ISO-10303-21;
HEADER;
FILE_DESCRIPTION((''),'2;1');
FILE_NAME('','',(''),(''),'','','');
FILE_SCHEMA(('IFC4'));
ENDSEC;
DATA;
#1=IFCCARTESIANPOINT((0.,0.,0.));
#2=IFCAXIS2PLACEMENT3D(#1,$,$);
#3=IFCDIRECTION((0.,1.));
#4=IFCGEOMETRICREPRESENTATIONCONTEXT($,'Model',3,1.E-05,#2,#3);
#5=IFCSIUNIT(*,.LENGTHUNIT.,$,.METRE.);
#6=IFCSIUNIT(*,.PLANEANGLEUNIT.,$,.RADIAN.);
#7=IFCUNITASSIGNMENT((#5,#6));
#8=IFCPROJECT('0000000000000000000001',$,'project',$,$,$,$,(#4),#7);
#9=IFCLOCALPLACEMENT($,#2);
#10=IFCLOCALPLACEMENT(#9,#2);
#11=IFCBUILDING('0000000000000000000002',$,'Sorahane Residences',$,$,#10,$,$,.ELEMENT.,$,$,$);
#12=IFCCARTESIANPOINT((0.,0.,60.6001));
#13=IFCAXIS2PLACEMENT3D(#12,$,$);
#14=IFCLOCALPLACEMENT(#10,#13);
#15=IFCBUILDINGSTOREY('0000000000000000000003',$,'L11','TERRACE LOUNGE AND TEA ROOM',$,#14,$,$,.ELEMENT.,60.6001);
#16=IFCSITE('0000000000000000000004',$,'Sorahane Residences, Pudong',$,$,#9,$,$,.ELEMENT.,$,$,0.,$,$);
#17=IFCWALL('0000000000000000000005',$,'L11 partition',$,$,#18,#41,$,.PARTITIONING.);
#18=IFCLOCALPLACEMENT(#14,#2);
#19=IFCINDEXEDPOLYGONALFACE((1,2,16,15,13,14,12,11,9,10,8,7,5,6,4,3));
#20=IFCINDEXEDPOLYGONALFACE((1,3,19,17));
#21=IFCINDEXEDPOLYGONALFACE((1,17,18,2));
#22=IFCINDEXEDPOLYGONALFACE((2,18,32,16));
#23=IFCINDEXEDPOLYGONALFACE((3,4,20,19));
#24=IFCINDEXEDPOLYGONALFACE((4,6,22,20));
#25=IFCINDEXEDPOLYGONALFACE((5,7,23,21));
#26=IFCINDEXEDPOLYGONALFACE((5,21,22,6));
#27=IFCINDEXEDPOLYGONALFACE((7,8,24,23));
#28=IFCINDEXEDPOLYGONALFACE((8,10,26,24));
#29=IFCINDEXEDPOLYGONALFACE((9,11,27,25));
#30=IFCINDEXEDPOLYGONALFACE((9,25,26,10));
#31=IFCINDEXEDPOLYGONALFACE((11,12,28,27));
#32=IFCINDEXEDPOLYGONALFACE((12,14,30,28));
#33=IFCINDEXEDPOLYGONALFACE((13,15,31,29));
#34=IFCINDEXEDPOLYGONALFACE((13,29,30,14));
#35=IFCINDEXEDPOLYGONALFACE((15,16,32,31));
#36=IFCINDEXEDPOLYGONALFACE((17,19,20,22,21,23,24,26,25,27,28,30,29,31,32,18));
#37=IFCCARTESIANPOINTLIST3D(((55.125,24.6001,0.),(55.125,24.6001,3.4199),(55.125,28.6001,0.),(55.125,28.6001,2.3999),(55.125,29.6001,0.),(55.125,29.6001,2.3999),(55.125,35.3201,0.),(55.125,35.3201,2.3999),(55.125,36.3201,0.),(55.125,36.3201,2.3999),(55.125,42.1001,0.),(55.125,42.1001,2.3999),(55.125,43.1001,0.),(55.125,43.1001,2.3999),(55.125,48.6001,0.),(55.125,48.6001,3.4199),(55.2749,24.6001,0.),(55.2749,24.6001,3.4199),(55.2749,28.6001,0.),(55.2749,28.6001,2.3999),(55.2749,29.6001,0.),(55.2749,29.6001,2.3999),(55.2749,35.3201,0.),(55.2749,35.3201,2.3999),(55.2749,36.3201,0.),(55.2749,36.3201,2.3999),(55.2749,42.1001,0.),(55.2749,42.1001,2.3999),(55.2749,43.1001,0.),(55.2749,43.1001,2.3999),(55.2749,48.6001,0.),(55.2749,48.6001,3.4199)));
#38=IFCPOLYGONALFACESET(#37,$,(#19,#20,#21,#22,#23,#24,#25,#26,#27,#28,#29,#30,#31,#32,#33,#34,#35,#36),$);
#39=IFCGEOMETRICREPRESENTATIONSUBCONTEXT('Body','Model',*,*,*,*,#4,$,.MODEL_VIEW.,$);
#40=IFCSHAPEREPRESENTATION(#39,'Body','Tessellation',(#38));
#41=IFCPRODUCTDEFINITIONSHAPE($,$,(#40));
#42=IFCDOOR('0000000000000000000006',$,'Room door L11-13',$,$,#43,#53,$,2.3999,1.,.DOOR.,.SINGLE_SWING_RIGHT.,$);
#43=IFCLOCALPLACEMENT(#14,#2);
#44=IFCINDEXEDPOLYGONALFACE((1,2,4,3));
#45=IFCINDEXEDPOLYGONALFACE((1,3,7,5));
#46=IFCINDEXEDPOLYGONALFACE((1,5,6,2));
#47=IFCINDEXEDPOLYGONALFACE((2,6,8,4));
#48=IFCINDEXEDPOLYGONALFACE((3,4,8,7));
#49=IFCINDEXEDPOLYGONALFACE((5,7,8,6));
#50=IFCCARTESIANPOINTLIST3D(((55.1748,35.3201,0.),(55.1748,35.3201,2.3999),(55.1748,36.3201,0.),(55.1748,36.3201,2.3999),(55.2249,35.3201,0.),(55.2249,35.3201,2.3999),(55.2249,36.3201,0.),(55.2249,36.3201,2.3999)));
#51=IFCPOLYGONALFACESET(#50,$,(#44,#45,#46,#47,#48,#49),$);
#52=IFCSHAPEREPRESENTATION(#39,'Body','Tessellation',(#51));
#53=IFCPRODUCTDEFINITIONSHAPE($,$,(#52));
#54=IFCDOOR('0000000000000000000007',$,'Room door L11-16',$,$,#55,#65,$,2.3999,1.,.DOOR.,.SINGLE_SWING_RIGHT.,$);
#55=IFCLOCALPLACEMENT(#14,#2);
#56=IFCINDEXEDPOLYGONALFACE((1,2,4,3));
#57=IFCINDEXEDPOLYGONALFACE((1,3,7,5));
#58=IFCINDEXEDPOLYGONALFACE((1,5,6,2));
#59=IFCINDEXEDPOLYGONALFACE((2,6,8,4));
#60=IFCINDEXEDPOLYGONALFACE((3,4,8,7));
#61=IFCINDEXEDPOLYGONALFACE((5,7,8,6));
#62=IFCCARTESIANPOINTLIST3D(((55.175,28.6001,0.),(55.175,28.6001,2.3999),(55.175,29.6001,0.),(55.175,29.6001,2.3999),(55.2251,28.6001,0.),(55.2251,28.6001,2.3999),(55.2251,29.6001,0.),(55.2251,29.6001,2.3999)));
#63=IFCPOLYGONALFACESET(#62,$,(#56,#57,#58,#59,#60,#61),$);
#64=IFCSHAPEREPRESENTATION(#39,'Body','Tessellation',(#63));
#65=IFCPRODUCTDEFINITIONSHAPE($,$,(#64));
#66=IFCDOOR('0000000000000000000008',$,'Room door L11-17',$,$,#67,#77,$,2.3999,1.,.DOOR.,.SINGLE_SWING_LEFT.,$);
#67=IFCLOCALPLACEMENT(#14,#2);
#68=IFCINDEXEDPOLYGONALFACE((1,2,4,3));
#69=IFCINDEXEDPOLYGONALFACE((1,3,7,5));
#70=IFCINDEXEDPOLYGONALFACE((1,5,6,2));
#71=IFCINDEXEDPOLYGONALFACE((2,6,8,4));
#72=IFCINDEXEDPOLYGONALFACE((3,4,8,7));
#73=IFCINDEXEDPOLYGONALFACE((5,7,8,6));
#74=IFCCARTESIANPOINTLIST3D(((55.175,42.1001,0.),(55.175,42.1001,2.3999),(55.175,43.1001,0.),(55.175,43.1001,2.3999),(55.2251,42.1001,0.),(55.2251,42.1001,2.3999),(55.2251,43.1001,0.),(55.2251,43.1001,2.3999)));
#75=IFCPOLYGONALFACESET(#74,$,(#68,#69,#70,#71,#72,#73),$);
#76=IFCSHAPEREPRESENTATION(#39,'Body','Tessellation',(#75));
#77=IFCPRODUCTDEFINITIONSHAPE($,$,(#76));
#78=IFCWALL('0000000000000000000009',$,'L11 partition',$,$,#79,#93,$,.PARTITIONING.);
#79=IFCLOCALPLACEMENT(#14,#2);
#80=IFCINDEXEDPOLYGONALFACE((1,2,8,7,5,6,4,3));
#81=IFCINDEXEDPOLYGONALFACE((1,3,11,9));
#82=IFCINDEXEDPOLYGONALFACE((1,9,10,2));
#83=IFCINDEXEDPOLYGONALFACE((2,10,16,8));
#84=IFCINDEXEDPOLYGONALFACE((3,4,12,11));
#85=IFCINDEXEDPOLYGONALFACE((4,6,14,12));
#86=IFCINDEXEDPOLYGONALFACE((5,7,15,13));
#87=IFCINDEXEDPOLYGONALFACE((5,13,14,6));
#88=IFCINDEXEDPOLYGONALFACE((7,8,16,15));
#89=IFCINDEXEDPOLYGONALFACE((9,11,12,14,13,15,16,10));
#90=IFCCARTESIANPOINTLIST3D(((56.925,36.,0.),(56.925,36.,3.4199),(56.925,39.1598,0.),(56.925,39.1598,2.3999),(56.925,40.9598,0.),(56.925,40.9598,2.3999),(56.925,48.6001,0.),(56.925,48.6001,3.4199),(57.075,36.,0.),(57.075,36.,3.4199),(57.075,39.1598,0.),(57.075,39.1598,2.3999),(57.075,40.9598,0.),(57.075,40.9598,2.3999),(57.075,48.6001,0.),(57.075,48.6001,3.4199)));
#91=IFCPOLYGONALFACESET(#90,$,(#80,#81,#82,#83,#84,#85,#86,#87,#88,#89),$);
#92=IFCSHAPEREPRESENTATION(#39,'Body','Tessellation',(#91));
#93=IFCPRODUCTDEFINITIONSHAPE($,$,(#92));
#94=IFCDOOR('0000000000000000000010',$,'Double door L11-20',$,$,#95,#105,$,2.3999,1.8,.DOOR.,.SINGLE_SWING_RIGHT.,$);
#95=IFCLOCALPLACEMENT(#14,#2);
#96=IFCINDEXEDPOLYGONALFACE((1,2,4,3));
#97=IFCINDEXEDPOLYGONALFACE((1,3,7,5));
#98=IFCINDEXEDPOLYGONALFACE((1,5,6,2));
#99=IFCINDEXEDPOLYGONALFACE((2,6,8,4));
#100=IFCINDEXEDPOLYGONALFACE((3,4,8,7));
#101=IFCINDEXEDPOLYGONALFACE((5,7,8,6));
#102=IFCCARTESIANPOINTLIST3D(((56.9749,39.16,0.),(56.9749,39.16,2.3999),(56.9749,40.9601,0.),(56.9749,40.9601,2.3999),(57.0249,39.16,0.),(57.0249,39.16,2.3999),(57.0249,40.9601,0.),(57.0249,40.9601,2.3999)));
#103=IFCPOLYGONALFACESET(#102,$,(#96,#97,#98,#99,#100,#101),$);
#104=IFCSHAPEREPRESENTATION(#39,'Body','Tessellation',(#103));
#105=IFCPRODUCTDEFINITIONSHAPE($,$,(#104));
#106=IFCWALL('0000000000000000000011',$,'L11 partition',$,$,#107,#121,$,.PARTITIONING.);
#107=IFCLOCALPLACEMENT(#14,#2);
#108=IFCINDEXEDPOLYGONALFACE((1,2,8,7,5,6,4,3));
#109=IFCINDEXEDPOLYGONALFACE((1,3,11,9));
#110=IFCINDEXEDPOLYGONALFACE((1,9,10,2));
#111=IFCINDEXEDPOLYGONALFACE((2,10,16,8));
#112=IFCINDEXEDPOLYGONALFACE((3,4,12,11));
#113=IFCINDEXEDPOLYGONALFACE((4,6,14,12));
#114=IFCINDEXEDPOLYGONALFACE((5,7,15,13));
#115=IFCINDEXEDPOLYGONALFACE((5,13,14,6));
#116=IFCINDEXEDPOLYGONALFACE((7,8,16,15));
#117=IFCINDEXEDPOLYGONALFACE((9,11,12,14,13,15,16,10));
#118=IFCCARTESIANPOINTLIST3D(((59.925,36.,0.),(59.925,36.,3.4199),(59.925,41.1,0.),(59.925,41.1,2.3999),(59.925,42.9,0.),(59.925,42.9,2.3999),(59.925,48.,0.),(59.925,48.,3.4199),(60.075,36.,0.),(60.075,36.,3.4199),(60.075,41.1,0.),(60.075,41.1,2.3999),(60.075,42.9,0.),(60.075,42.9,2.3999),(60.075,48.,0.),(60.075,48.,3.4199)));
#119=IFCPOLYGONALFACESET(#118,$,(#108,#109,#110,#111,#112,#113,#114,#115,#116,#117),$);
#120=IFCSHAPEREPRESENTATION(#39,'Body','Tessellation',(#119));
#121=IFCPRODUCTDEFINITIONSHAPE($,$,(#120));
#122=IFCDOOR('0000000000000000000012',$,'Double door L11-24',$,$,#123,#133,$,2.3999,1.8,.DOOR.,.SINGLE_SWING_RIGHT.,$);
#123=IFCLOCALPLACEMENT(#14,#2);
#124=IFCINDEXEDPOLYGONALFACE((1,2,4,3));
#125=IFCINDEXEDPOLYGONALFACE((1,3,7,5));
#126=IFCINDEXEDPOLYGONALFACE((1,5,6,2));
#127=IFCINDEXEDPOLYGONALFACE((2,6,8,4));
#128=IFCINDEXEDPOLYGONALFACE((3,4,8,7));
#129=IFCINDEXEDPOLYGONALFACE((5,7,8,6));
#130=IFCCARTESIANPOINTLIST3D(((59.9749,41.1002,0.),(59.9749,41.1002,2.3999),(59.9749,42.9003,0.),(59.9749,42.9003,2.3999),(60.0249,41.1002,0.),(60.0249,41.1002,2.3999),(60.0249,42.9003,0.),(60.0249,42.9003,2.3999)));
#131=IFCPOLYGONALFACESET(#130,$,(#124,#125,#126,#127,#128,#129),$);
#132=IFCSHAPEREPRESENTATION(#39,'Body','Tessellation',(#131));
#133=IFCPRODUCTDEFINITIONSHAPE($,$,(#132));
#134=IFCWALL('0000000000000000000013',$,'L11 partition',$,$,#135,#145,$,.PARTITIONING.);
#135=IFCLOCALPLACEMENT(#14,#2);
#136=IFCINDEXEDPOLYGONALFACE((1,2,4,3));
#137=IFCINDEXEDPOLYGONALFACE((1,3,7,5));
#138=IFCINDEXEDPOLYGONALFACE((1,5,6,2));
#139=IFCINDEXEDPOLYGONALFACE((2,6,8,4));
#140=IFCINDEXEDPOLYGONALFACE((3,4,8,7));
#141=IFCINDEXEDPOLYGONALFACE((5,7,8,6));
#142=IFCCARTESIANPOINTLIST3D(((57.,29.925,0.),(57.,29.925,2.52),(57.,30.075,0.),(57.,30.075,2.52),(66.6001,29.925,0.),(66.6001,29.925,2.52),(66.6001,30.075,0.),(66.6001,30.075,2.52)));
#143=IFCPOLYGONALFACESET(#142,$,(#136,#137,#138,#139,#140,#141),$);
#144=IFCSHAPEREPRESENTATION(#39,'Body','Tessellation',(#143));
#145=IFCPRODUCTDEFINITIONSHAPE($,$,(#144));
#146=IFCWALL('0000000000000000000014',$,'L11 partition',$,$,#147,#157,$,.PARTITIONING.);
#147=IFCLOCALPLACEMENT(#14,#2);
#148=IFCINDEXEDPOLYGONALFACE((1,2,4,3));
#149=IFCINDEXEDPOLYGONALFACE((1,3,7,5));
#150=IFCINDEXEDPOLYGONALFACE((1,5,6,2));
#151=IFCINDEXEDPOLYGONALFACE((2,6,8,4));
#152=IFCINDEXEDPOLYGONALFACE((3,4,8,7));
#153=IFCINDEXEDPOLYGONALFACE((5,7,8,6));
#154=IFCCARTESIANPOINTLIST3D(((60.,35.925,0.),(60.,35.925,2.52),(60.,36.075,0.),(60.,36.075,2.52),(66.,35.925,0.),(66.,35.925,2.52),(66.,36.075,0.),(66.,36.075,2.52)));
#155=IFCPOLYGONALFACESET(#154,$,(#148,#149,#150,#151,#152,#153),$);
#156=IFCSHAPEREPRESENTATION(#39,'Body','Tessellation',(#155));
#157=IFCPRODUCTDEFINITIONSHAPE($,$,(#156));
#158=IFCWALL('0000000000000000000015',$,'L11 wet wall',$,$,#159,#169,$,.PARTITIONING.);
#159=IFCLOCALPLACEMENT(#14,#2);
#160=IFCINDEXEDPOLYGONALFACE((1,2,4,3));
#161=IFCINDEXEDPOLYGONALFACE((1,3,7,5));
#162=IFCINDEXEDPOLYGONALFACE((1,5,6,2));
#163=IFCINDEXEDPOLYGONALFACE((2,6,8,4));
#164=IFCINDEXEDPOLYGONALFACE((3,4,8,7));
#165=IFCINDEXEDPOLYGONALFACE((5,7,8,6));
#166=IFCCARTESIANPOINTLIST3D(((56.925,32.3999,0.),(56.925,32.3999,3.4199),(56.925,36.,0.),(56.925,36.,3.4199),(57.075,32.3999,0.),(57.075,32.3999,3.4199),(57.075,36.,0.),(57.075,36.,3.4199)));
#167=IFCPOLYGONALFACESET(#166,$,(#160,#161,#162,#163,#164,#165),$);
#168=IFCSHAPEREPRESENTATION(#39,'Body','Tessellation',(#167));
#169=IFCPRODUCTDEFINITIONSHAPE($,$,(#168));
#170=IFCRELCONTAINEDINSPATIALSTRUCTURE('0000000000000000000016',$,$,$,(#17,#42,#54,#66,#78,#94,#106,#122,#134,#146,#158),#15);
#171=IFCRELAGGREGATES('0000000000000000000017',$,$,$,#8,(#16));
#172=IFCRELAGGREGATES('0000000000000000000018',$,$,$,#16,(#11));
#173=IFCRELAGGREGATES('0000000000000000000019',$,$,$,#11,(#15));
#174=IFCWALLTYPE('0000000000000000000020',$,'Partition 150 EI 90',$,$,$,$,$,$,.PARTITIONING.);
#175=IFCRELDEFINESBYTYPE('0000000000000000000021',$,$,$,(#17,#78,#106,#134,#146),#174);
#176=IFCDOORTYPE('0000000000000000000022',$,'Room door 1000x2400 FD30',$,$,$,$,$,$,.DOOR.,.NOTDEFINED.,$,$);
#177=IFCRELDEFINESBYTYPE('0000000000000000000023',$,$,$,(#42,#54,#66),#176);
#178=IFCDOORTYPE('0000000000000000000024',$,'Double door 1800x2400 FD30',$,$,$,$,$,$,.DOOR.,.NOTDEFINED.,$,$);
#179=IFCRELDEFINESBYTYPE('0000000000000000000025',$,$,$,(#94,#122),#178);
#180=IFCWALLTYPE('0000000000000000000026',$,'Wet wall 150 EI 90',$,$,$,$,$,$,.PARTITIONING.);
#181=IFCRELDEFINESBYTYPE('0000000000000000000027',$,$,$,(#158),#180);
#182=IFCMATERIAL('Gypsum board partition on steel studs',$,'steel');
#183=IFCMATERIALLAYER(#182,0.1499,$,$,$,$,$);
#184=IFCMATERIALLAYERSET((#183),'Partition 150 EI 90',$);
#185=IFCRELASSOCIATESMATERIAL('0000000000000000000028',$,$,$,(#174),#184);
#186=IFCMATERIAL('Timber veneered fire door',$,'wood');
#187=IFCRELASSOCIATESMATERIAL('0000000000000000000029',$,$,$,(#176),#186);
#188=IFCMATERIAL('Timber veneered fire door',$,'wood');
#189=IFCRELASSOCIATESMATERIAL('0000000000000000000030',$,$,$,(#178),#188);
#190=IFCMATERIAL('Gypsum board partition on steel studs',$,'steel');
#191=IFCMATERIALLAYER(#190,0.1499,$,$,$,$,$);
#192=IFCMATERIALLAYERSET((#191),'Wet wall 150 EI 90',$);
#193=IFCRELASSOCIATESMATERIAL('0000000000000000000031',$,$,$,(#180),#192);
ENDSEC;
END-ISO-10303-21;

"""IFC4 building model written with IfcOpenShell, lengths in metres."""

from ifc_helpers import new_model, si_unit, direction, frame, frame_2d, origin, place, context, subcontext, project, spatial, rectangle, extrude, material, layer, layer_set, type_object, element, fill, save


model = new_model("IFC4")

# Units and contexts
model_context = context("Model", 3, precision=1e-05, world=origin(), true_north=direction((0.0, 1.0)))
body_context = subcontext(model_context, "Body", "Model", "MODEL_VIEW")
ifc_project = project(units=[si_unit("LENGTHUNIT", "METRE"), si_unit("PLANEANGLEUNIT", "RADIAN")], contexts=[model_context])

# Site, building, storey
site_placement = place(None, origin())
site = spatial("IfcSite", under=ifc_project, at=site_placement, Name="Sorahane Residences, Pudong", CompositionType="ELEMENT", RefElevation=0.0)
building_placement = place(site_placement, origin())
building = spatial("IfcBuilding", under=site, at=building_placement, Name="Sorahane Residences", CompositionType="ELEMENT")
storey_placement = place(building_placement, frame((0.0, 0.0, 60.6001)))
storey = spatial("IfcBuildingStorey", under=building, at=storey_placement, Name="L11", Description="TERRACE LOUNGE AND TEA ROOM", CompositionType="ELEMENT", Elevation=60.6001)

# Wall, openings, doors
ifc_material_1 = material(Name="Gypsum board partition on steel studs", Category="steel")
ifc_layer_1 = layer(ifc_material_1, 0.1499)
ifc_layer_set_1 = layer_set([ifc_layer_1], Name="Partition 150 EI 90")
wall_type_1 = type_object("IfcWallType", Name="Partition 150 EI 90", PredefinedType="PARTITIONING", material=ifc_layer_set_1)
wall_1_placement = place(storey_placement, frame((55.2, 24.6001, 0.0), z_axis=(0.0, 0.0, 1.0), x_axis=(0.0, 1.0, 0.0)))
wall_1 = element("IfcWall", 1, at=wall_1_placement, inside=storey, type_object=wall_type_1, Name="L11 partition", PredefinedType="PARTITIONING", context=body_context, shape_type="SweptSolid", body=[
    extrude(rectangle(XDim=24.0, YDim=0.1499, at=frame_2d((12.0, 0.0))), origin(), (0.0, 0.0, 1.0), 3.4199),
])
opening_1_placement = place(wall_1_placement, frame((10.72, 0.0, 0.0)))
opening_1 = element("IfcOpeningElement", 2, at=opening_1_placement, cuts=wall_1, PredefinedType="OPENING", context=body_context, shape_type="SweptSolid", body=[
    extrude(rectangle(XDim=1.0, YDim=2.3999, at=frame_2d((0.5, 1.2))), frame((0.0, 0.085, 0.0), z_axis=(0.0, -1.0, 0.0), x_axis=(1.0, 0.0, 0.0)), (0.0, 0.0, 1.0), 0.1699),
])
opening_2_placement = place(wall_1_placement, frame((4.0, 0.0, 0.0)))
opening_2 = element("IfcOpeningElement", 3, at=opening_2_placement, cuts=wall_1, PredefinedType="OPENING", context=body_context, shape_type="SweptSolid", body=[
    extrude(rectangle(XDim=1.0, YDim=2.3999, at=frame_2d((0.5, 1.2))), frame((0.0, 0.085, 0.0), z_axis=(0.0, -1.0, 0.0), x_axis=(1.0, 0.0, 0.0)), (0.0, 0.0, 1.0), 0.1699),
])
opening_3_placement = place(wall_1_placement, frame((17.5, 0.0, 0.0)))
opening_3 = element("IfcOpeningElement", 4, at=opening_3_placement, cuts=wall_1, PredefinedType="OPENING", context=body_context, shape_type="SweptSolid", body=[
    extrude(rectangle(XDim=1.0, YDim=2.3999, at=frame_2d((0.5, 1.2))), frame((0.0, 0.085, 0.0), z_axis=(0.0, -1.0, 0.0), x_axis=(1.0, 0.0, 0.0)), (0.0, 0.0, 1.0), 0.1699),
])
ifc_material_2 = material(Name="Timber veneered fire door", Category="wood")
door_type_1 = type_object("IfcDoorType", Name="Room door 1000x2400 FD30", OperationType="NOTDEFINED", PredefinedType="DOOR", material=ifc_material_2)
door_1_placement = place(opening_1_placement, frame((1.0, 0.0, 0.0), z_axis=(0.0, 0.0, 1.0), x_axis=(-1.0, 0.0, 0.0)))
door_1 = element("IfcDoor", 5, at=door_1_placement, inside=storey, type_object=door_type_1, Name="Room door L11-13", OperationType="SINGLE_SWING_RIGHT", OverallHeight=2.3999, OverallWidth=1.0, PredefinedType="DOOR", context=body_context, shape_type="SweptSolid", body=[
    extrude(rectangle(XDim=1.0, YDim=2.3999, at=frame_2d((0.5, 1.2))), frame((0.0, 0.0249, 0.0), z_axis=(0.0, -1.0, 0.0), x_axis=(1.0, 0.0, 0.0)), (0.0, 0.0, 1.0), 0.05),
])
fill(opening_1, door_1)
door_2_placement = place(opening_2_placement, origin())
door_2 = element("IfcDoor", 6, at=door_2_placement, inside=storey, type_object=door_type_1, Name="Room door L11-16", OperationType="SINGLE_SWING_RIGHT", OverallHeight=2.3999, OverallWidth=1.0, PredefinedType="DOOR", context=body_context, shape_type="SweptSolid", body=[
    extrude(rectangle(XDim=1.0, YDim=2.3999, at=frame_2d((0.5, 1.2))), frame((0.0, 0.0249, 0.0), z_axis=(0.0, -1.0, 0.0), x_axis=(1.0, 0.0, 0.0)), (0.0, 0.0, 1.0), 0.05),
])
fill(opening_2, door_2)
door_3_placement = place(opening_3_placement, origin())
door_3 = element("IfcDoor", 7, at=door_3_placement, inside=storey, type_object=door_type_1, Name="Room door L11-17", OperationType="SINGLE_SWING_LEFT", OverallHeight=2.3999, OverallWidth=1.0, PredefinedType="DOOR", context=body_context, shape_type="SweptSolid", body=[
    extrude(rectangle(XDim=1.0, YDim=2.3999, at=frame_2d((0.5, 1.2))), frame((0.0, 0.0249, 0.0), z_axis=(0.0, -1.0, 0.0), x_axis=(1.0, 0.0, 0.0)), (0.0, 0.0, 1.0), 0.05),
])
fill(opening_3, door_3)

# Walls, openings, doors
wall_2_placement = place(storey_placement, frame((57.0, 36.0, 0.0), z_axis=(0.0, 0.0, 1.0), x_axis=(0.0, 1.0, 0.0)))
wall_2 = element("IfcWall", 8, at=wall_2_placement, inside=storey, type_object=wall_type_1, Name="L11 partition", PredefinedType="PARTITIONING", context=body_context, shape_type="SweptSolid", body=[
    extrude(rectangle(XDim=12.6001, YDim=0.1499, at=frame_2d((6.3, 0.0))), origin(), (0.0, 0.0, 1.0), 3.4199),
])
opening_4_placement = place(wall_2_placement, frame((3.1599, 0.0, 0.0)))
opening_4 = element("IfcOpeningElement", 9, at=opening_4_placement, cuts=wall_2, PredefinedType="OPENING", context=body_context, shape_type="SweptSolid", body=[
    extrude(rectangle(XDim=1.8, YDim=2.3999, at=frame_2d((0.8999, 1.2))), frame((0.0, 0.085, 0.0), z_axis=(0.0, -1.0, 0.0), x_axis=(1.0, 0.0, 0.0)), (0.0, 0.0, 1.0), 0.1699),
])
ifc_material_3 = material(Name="Timber veneered fire door", Category="wood")
door_type_2 = type_object("IfcDoorType", Name="Double door 1800x2400 FD30", OperationType="NOTDEFINED", PredefinedType="DOOR", material=ifc_material_3)
door_4_placement = place(opening_4_placement, frame((1.8, 0.0, 0.0), z_axis=(0.0, 0.0, 1.0), x_axis=(-1.0, 0.0, 0.0)))
door_4 = element("IfcDoor", 10, at=door_4_placement, inside=storey, type_object=door_type_2, Name="Double door L11-20", OperationType="SINGLE_SWING_RIGHT", OverallHeight=2.3999, OverallWidth=1.8, PredefinedType="DOOR", context=body_context, shape_type="SweptSolid", body=[
    extrude(rectangle(XDim=1.8, YDim=2.3999, at=frame_2d((0.8999, 1.2))), frame((0.0, 0.0249, 0.0), z_axis=(0.0, -1.0, 0.0), x_axis=(1.0, 0.0, 0.0)), (0.0, 0.0, 1.0), 0.05),
])
fill(opening_4, door_4)
wall_3_placement = place(storey_placement, frame((60.0, 36.0, 0.0), z_axis=(0.0, 0.0, 1.0), x_axis=(0.0, 1.0, 0.0)))
wall_3 = element("IfcWall", 11, at=wall_3_placement, inside=storey, type_object=wall_type_1, Name="L11 partition", PredefinedType="PARTITIONING", context=body_context, shape_type="SweptSolid", body=[
    extrude(rectangle(XDim=12.0, YDim=0.1499, at=frame_2d((6.0, 0.0))), origin(), (0.0, 0.0, 1.0), 3.4199),
])
opening_5_placement = place(wall_3_placement, frame((5.1001, 0.0, 0.0)))
opening_5 = element("IfcOpeningElement", 12, at=opening_5_placement, cuts=wall_3, PredefinedType="OPENING", context=body_context, shape_type="SweptSolid", body=[
    extrude(rectangle(XDim=1.8, YDim=2.3999, at=frame_2d((0.8999, 1.2))), frame((0.0, 0.085, 0.0), z_axis=(0.0, -1.0, 0.0), x_axis=(1.0, 0.0, 0.0)), (0.0, 0.0, 1.0), 0.1699),
])
door_5_placement = place(opening_5_placement, frame((1.8, 0.0, 0.0), z_axis=(0.0, 0.0, 1.0), x_axis=(-1.0, 0.0, 0.0)))
door_5 = element("IfcDoor", 13, at=door_5_placement, inside=storey, type_object=door_type_2, Name="Double door L11-24", OperationType="SINGLE_SWING_RIGHT", OverallHeight=2.3999, OverallWidth=1.8, PredefinedType="DOOR", context=body_context, shape_type="SweptSolid", body=[
    extrude(rectangle(XDim=1.8, YDim=2.3999, at=frame_2d((0.8999, 1.2))), frame((0.0, 0.0249, 0.0), z_axis=(0.0, -1.0, 0.0), x_axis=(1.0, 0.0, 0.0)), (0.0, 0.0, 1.0), 0.05),
])
fill(opening_5, door_5)

# Walls
wall_4_placement = place(storey_placement, frame((57.0, 30.0, 0.0), z_axis=(0.0, 0.0, 1.0), x_axis=(1.0, 0.0, 0.0)))
element("IfcWall", 14, at=wall_4_placement, inside=storey, type_object=wall_type_1, Name="L11 partition", PredefinedType="PARTITIONING", context=body_context, shape_type="SweptSolid", body=[
    extrude(rectangle(XDim=9.6001, YDim=0.1499, at=frame_2d((4.8, 0.0))), origin(), (0.0, 0.0, 1.0), 2.52),
])
wall_5_placement = place(storey_placement, frame((60.0, 36.0, 0.0), z_axis=(0.0, 0.0, 1.0), x_axis=(1.0, 0.0, 0.0)))
element("IfcWall", 15, at=wall_5_placement, inside=storey, type_object=wall_type_1, Name="L11 partition", PredefinedType="PARTITIONING", context=body_context, shape_type="SweptSolid", body=[
    extrude(rectangle(XDim=6.0, YDim=0.1499, at=frame_2d((3.0, 0.0))), origin(), (0.0, 0.0, 1.0), 2.52),
])
ifc_material_4 = material(Name="Gypsum board partition on steel studs", Category="steel")
ifc_layer_2 = layer(ifc_material_4, 0.1499)
ifc_layer_set_2 = layer_set([ifc_layer_2], Name="Wet wall 150 EI 90")
wall_type_2 = type_object("IfcWallType", Name="Wet wall 150 EI 90", PredefinedType="PARTITIONING", material=ifc_layer_set_2)
wall_6_placement = place(storey_placement, frame((57.0, 32.3999, 0.0), z_axis=(0.0, 0.0, 1.0), x_axis=(0.0, 1.0, 0.0)))
element("IfcWall", 16, at=wall_6_placement, inside=storey, type_object=wall_type_2, Name="L11 wet wall", PredefinedType="PARTITIONING", context=body_context, shape_type="SweptSolid", body=[
    extrude(rectangle(XDim=3.6001, YDim=0.1499, at=frame_2d((1.8, 0.0))), origin(), (0.0, 0.0, 1.0), 3.4199),
])

save(model, "model.ifc")
